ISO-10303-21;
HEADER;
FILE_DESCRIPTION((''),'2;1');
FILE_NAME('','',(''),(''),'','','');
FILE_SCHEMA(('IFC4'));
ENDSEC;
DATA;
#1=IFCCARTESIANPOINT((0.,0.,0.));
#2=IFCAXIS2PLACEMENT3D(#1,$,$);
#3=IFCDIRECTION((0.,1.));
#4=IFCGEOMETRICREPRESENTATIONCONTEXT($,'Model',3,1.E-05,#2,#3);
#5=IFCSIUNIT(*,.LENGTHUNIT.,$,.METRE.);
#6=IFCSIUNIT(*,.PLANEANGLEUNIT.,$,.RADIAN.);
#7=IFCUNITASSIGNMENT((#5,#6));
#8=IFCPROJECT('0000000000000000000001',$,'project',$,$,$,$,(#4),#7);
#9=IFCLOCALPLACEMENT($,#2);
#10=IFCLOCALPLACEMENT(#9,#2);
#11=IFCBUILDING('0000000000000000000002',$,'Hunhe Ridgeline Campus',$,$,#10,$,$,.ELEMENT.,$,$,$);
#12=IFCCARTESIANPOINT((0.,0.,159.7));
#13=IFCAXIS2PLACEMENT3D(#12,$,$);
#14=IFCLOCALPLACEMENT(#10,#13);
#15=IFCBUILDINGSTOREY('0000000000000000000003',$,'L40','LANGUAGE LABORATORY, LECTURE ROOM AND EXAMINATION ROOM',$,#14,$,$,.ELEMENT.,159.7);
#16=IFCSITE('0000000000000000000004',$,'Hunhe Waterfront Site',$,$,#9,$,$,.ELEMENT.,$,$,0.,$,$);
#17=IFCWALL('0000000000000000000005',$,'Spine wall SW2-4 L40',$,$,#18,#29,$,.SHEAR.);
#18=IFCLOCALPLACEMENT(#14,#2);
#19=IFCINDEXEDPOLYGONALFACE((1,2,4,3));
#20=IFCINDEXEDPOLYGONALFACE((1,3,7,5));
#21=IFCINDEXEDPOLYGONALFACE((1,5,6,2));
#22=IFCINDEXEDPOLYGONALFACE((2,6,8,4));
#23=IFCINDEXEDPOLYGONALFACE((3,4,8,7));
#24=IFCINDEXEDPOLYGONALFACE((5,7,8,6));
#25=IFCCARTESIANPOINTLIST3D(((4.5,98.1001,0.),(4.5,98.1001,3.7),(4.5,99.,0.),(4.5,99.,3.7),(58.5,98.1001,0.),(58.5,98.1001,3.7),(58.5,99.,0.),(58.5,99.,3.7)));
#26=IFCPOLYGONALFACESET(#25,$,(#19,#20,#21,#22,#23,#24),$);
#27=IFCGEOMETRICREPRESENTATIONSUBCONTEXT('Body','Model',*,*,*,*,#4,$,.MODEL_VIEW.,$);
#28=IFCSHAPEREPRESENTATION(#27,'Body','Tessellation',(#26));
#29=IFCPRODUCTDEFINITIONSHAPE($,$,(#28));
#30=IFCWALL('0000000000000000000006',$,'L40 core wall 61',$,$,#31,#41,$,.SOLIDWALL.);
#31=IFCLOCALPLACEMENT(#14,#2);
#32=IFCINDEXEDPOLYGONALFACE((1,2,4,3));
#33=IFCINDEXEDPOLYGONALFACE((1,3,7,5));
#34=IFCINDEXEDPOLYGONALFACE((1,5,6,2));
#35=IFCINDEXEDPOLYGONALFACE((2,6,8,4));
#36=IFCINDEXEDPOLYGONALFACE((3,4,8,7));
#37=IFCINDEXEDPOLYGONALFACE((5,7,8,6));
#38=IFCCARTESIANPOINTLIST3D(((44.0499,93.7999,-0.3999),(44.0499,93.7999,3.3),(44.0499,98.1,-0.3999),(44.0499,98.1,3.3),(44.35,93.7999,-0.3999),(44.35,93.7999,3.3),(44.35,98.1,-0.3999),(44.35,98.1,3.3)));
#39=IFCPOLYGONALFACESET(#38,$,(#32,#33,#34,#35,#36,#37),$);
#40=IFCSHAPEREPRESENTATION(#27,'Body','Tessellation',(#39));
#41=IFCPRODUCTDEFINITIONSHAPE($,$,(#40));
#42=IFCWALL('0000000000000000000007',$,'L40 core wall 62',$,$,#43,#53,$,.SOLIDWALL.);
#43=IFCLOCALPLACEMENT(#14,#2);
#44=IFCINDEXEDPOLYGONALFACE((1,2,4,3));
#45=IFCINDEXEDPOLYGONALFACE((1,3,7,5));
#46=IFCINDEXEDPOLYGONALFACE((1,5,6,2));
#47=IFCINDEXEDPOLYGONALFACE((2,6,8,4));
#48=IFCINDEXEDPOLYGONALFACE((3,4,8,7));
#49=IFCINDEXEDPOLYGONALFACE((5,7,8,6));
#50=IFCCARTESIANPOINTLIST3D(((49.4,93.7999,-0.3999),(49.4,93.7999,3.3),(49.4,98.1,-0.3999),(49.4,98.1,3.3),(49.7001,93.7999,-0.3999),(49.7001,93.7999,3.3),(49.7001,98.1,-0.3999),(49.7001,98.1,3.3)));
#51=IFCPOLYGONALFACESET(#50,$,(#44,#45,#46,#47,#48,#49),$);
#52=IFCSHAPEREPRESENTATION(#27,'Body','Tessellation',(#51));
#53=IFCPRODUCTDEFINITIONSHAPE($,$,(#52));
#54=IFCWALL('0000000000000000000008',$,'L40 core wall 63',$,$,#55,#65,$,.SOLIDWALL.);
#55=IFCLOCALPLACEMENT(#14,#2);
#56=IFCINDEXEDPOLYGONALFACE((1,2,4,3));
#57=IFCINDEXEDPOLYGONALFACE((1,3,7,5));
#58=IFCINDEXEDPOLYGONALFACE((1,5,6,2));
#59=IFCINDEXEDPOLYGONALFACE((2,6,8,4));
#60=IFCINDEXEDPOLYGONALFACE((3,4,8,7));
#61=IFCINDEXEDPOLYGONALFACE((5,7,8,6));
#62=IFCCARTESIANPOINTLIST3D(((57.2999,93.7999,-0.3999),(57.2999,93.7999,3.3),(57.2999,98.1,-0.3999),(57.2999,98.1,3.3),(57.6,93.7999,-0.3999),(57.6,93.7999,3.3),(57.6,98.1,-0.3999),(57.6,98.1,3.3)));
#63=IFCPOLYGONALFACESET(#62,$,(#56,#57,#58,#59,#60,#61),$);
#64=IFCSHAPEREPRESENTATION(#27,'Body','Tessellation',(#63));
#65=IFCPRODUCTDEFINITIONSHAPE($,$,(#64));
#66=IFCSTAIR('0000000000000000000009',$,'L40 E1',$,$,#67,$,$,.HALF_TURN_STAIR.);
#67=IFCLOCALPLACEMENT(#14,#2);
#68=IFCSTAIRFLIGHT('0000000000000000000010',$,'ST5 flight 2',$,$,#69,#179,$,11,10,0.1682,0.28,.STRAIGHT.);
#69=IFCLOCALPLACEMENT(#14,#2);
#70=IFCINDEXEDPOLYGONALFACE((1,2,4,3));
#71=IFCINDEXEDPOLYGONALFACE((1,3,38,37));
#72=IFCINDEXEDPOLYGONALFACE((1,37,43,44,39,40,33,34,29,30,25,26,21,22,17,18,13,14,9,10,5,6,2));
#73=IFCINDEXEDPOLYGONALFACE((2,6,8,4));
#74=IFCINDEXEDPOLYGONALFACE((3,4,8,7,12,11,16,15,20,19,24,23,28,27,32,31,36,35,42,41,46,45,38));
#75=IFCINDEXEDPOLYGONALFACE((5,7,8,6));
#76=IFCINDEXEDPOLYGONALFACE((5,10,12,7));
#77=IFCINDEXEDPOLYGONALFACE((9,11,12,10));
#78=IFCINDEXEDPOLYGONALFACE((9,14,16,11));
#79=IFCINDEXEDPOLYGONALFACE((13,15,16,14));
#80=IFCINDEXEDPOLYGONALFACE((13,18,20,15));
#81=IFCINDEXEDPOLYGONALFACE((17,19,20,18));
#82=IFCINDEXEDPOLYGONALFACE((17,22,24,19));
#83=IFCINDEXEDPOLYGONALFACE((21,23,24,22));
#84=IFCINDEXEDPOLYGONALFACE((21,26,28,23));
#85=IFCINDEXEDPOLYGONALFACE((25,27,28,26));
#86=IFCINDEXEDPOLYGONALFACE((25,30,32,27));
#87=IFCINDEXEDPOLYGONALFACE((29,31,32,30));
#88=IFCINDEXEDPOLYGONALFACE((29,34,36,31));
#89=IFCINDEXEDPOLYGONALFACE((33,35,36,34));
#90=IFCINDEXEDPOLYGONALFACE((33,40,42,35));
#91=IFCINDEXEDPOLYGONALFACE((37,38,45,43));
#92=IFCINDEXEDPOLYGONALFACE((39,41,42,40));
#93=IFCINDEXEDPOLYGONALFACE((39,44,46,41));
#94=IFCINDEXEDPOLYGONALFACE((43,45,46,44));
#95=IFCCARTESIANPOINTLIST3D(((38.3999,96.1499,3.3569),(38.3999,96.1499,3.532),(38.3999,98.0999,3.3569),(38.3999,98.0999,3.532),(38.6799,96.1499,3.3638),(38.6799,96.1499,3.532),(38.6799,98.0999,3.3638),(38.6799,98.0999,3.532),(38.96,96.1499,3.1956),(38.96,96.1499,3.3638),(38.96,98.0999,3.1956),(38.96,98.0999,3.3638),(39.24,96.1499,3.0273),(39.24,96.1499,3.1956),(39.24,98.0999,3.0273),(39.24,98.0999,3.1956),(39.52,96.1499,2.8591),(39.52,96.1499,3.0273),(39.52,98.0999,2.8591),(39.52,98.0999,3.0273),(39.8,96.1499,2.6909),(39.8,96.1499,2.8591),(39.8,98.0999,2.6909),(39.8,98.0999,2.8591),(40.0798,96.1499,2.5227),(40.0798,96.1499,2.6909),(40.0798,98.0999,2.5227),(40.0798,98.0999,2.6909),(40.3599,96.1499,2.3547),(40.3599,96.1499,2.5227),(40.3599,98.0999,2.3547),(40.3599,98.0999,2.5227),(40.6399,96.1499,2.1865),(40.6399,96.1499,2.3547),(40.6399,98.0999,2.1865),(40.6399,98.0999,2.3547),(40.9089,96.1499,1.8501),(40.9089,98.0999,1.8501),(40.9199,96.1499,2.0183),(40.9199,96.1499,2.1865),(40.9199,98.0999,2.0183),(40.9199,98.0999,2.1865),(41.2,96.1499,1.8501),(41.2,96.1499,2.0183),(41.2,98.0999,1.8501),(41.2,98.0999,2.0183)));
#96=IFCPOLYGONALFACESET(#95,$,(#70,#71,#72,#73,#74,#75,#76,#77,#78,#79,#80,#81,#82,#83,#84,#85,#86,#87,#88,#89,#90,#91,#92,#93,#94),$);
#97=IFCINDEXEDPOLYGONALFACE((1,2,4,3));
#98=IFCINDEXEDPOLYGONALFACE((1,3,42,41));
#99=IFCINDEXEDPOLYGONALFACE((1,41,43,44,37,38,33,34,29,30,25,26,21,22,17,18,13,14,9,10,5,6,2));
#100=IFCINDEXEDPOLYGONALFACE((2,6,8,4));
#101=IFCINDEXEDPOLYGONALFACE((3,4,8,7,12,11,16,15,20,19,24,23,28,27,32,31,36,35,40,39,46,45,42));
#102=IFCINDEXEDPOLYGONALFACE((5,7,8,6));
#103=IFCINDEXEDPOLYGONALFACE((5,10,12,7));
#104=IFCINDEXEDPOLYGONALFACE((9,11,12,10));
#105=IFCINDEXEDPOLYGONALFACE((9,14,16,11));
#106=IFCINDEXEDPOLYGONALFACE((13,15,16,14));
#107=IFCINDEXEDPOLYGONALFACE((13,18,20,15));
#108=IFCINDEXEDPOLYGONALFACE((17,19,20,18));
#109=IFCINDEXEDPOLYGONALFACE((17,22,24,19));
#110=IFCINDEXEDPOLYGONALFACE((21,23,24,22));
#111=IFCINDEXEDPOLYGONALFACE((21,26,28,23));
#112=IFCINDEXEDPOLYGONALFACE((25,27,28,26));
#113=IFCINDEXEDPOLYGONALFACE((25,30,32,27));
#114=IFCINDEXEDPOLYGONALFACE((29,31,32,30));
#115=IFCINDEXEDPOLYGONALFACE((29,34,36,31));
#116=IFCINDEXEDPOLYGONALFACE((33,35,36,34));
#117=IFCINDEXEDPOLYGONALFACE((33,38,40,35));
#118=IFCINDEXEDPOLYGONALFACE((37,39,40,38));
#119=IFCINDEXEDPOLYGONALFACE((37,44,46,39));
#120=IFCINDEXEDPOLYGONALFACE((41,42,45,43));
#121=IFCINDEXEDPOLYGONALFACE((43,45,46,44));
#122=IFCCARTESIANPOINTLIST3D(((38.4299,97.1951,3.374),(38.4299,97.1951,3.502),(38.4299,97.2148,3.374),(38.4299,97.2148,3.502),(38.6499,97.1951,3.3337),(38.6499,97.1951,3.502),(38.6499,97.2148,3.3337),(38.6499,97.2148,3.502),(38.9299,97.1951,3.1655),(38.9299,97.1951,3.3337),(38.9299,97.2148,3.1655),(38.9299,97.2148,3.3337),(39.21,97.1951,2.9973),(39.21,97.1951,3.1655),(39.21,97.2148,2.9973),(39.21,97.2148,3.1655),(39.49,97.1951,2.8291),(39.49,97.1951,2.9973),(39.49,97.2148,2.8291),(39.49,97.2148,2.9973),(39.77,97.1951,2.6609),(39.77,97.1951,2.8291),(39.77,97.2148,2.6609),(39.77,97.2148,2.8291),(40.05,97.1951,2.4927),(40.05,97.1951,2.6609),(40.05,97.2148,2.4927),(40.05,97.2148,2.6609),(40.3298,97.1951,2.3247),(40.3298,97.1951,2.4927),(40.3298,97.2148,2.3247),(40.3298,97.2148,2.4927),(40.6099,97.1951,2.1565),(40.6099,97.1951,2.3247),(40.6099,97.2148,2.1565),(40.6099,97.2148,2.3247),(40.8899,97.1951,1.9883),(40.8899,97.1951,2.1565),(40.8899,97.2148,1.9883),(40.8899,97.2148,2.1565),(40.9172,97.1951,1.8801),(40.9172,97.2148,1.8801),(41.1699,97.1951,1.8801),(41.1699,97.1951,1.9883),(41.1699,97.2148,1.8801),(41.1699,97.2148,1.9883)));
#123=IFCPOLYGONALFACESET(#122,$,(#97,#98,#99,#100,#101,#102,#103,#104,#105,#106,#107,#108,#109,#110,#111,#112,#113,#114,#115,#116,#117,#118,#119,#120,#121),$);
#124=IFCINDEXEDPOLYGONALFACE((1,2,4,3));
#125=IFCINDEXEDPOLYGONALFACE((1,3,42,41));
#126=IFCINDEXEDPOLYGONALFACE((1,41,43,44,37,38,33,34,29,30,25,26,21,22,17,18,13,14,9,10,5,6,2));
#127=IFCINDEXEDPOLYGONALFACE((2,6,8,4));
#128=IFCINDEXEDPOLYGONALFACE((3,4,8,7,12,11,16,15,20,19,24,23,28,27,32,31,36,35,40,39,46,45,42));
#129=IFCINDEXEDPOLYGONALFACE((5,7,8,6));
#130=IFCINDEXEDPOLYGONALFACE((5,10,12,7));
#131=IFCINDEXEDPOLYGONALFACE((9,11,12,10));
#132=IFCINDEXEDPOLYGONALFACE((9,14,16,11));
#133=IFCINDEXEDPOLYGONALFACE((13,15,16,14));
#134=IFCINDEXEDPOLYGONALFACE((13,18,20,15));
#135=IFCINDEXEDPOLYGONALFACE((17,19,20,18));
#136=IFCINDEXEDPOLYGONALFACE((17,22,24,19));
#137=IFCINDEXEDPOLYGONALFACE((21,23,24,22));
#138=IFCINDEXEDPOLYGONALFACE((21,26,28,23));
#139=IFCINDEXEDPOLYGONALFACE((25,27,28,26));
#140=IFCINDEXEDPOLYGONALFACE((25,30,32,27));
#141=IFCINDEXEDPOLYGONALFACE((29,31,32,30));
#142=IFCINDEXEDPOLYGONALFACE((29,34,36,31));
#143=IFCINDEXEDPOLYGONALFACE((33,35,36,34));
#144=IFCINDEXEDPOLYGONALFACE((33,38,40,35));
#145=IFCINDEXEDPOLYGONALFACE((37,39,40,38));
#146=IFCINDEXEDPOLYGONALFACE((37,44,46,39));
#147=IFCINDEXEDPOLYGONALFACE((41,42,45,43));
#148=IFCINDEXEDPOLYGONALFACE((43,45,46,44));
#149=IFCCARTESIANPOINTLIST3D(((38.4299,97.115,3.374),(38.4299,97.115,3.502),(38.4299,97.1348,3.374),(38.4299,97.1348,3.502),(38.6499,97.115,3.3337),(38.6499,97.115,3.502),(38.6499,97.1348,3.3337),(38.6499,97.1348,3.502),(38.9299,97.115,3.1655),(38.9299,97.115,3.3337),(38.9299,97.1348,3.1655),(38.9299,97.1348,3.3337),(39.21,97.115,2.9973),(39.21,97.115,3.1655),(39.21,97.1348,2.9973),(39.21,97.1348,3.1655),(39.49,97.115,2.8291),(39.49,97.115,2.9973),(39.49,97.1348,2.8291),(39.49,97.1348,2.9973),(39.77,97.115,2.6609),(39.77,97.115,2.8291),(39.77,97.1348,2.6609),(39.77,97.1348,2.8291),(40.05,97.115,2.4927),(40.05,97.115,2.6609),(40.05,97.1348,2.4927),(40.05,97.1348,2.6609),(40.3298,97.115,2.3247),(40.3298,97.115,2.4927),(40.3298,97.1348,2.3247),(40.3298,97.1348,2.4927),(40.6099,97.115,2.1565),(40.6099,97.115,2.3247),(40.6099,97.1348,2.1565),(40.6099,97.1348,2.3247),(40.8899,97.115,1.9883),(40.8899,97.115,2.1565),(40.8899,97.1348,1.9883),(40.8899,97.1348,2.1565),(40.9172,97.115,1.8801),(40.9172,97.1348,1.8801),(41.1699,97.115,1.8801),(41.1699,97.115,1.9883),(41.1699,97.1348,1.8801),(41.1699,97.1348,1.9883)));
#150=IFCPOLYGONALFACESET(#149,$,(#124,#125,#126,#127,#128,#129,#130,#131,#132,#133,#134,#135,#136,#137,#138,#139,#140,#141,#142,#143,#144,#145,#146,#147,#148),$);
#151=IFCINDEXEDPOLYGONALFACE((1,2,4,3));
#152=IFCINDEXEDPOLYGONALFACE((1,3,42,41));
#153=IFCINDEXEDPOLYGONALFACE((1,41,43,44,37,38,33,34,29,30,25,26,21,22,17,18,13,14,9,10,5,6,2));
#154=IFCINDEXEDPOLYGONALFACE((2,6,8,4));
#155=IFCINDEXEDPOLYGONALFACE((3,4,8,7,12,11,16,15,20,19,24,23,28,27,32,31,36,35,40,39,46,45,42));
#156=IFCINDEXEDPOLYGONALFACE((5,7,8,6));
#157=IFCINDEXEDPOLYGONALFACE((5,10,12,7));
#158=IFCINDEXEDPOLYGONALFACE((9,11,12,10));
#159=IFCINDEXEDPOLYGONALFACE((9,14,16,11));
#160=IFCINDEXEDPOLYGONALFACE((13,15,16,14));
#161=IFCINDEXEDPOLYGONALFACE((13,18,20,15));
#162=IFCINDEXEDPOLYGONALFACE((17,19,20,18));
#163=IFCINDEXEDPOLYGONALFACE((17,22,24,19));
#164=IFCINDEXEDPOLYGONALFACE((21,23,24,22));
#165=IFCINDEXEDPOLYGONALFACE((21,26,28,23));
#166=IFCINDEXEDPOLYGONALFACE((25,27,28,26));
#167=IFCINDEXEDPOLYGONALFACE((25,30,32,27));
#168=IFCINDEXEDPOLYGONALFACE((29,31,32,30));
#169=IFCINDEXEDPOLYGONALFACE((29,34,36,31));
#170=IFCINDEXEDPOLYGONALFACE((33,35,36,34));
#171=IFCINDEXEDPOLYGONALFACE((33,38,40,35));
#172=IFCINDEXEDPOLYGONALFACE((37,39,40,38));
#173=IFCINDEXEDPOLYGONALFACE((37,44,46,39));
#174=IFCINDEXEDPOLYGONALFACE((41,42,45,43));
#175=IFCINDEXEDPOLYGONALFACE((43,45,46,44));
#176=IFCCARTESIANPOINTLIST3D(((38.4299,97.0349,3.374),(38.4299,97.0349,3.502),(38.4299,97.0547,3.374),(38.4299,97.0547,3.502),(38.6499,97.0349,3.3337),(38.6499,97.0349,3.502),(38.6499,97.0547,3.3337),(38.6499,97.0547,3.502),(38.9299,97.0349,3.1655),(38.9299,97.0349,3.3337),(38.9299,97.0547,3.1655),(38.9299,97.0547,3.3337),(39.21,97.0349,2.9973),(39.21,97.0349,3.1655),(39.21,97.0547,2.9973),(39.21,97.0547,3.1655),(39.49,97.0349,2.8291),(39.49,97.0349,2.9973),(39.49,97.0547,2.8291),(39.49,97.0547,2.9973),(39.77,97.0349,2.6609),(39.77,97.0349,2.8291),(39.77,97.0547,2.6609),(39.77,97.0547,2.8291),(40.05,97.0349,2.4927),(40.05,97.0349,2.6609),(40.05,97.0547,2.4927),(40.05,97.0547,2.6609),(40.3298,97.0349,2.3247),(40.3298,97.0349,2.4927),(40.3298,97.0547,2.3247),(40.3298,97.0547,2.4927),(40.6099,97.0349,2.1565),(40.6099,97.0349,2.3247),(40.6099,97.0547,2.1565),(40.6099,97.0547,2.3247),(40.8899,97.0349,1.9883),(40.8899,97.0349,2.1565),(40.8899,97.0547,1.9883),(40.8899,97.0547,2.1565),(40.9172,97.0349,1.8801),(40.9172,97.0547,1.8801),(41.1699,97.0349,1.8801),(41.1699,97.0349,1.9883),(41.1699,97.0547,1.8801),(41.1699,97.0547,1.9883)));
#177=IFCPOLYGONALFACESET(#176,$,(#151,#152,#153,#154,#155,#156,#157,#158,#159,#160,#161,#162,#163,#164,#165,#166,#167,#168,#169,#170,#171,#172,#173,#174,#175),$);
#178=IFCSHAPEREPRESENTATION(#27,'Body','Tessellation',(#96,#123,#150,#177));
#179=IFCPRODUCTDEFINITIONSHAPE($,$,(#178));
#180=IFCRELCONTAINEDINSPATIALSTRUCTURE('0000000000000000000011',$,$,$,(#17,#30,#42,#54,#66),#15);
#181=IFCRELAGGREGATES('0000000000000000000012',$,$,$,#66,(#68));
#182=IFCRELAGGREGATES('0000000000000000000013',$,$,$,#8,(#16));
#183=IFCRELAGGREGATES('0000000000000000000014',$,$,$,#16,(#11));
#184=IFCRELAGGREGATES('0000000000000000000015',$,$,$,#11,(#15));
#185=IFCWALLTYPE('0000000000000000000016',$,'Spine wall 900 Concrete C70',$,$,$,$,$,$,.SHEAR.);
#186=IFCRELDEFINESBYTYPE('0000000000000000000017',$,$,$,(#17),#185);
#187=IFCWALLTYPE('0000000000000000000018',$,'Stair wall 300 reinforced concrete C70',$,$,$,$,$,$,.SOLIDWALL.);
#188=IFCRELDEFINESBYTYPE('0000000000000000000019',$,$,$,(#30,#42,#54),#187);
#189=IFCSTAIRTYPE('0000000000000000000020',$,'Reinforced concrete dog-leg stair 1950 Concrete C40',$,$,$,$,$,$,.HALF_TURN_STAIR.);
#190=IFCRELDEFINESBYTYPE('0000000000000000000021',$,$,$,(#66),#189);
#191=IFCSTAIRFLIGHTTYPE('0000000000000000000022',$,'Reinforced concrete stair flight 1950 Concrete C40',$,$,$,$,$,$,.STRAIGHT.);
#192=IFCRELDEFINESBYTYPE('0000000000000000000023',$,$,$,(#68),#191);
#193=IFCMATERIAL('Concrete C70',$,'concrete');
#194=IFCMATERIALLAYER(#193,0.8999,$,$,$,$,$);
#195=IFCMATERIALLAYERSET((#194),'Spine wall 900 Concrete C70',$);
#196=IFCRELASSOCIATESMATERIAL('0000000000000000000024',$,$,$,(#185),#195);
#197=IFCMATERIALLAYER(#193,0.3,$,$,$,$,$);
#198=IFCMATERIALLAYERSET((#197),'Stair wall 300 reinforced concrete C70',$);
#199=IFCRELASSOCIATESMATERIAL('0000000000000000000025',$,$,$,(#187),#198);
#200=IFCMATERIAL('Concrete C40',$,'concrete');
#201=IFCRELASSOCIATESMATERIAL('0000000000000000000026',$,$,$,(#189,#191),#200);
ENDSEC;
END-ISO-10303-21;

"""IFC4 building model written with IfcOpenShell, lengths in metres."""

from ifc_helpers import new_model, si_unit, direction, frame, frame_2d, origin, place, context, subcontext, project, spatial, polyline, rectangle, outline, extrude, material, layer, layer_set, type_object, element, aggregate, save


model = new_model("IFC4")

# Units and contexts
model_context = context("Model", 3, precision=1e-05, world=origin(), true_north=direction((0.0, 1.0)))
body_context = subcontext(model_context, "Body", "Model", "MODEL_VIEW")
ifc_project = project(units=[si_unit("LENGTHUNIT", "METRE"), si_unit("PLANEANGLEUNIT", "RADIAN")], contexts=[model_context])

# Site, building, storey
site_placement = place(None, origin())
site = spatial("IfcSite", under=ifc_project, at=site_placement, Name="Hunhe Waterfront Site", CompositionType="ELEMENT", RefElevation=0.0)
building_placement = place(site_placement, origin())
building = spatial("IfcBuilding", under=site, at=building_placement, Name="Hunhe Ridgeline Campus", CompositionType="ELEMENT")
storey_placement = place(building_placement, frame((0.0, 0.0, 159.7)))
storey = spatial("IfcBuildingStorey", under=building, at=storey_placement, Name="L40", Description="LANGUAGE LABORATORY, LECTURE ROOM AND EXAMINATION ROOM", CompositionType="ELEMENT", Elevation=159.7)

# Shared definitions
ifc_material_1 = material(Name="Concrete C70", Category="concrete")

# Wall
ifc_layer_1 = layer(ifc_material_1, 0.8999)
ifc_layer_set_1 = layer_set([ifc_layer_1], Name="Spine wall 900 Concrete C70")
wall_type_1 = type_object("IfcWallType", Name="Spine wall 900 Concrete C70", PredefinedType="SHEAR", material=ifc_layer_set_1)
wall_1_placement = place(storey_placement, frame((58.5, 98.55, 0.0), z_axis=(0.0, 0.0, 1.0), x_axis=(-1.0, 0.0, 0.0)))
element("IfcWall", 1, at=wall_1_placement, inside=storey, type_object=wall_type_1, Name="Spine wall SW2-4 L40", PredefinedType="SHEAR", context=body_context, shape_type="SweptSolid", body=[
    extrude(rectangle(XDim=54.0, YDim=0.8999, at=frame_2d((27.0, 0.0))), origin(), (0.0, 0.0, 1.0), 3.7),
])

# Shared definitions
ifc_layer_2 = layer(ifc_material_1, 0.3)
ifc_layer_set_2 = layer_set([ifc_layer_2], Name="Stair wall 300 reinforced concrete C70")
wall_type_2 = type_object("IfcWallType", Name="Stair wall 300 reinforced concrete C70", PredefinedType="SOLIDWALL", material=ifc_layer_set_2)

# Walls
for number, where, z_axis, x_axis, name in (
    (2, (44.2, 93.8, -0.3999), (0.0, 0.0, 1.0), (0.0, 1.0, 0.0), "L40 core wall 61"),
    (3, (49.55, 93.8, -0.3999), (0.0, 0.0, 1.0), (0.0, 1.0, 0.0), "L40 core wall 62"),
    (4, (57.45, 93.8, -0.3999), (0.0, 0.0, 1.0), (0.0, 1.0, 0.0), "L40 core wall 63"),
):
    element("IfcWall", number, at=place(storey_placement, frame(where, z_axis=z_axis, x_axis=x_axis)), inside=storey, type_object=wall_type_2, Name=name, PredefinedType="SOLIDWALL", context=body_context, shape_type="SweptSolid", body=[
        extrude(rectangle(XDim=4.3, YDim=0.3, at=frame_2d((2.1499, 0.0))), origin(), (0.0, 0.0, 1.0), 3.7),
    ])

# Stair, stair flight
ifc_material_2 = material(Name="Concrete C40", Category="concrete")
stair_type = type_object("IfcStairType", Name="Reinforced concrete dog-leg stair 1950 Concrete C40", PredefinedType="HALF_TURN_STAIR", material=ifc_material_2)
stair_1_placement = place(storey_placement, origin())
stair_1 = element("IfcStair", 5, at=stair_1_placement, inside=storey, type_object=stair_type, Name="L40 E1", PredefinedType="HALF_TURN_STAIR")
stair_flight_type = type_object("IfcStairFlightType", Name="Reinforced concrete stair flight 1950 Concrete C40", PredefinedType="STRAIGHT", material=ifc_material_2)
stair_flight_1_placement = place(storey_placement, frame((41.2, 97.125, 1.8501), z_axis=(0.0, 0.0, 1.0), x_axis=(-1.0, 0.0, 0.0)))
stair_flight_1 = element("IfcStairFlight", 6, at=stair_flight_1_placement, type_object=stair_flight_type, Name="ST5 flight 2", NumberOfRisers=11, NumberOfTreads=10, PredefinedType="STRAIGHT", RiserHeight=0.1682, TreadLength=0.28, context=body_context, shape_type="SweptSolid", body=[
    extrude(outline(polyline([(0.0, 0.0), (0.0, 0.1682), (0.28, 0.1682), (0.28, 0.3364), (0.5601, 0.3364), (0.5601, 0.5046), (0.8401, 0.5046), (0.8401, 0.6726), (1.1201, 0.6726), (1.1201, 0.8408), (1.3999, 0.8408), (1.3999, 1.009), (1.6799, 1.009), (1.6799, 1.1772), (1.96, 1.1772), (1.96, 1.3455), (2.24, 1.3455), (2.24, 1.5137), (2.52, 1.5137), (2.52, 1.6819), (2.8, 1.6819), (2.8, 1.8501), (2.8, 1.5068), (0.291, 0.0), (0.0, 0.0)])), frame((0.0, 0.9751, 0.0), z_axis=(0.0, -1.0, 0.0), x_axis=(1.0, 0.0, 0.0)), (0.0, 0.0, 1.0), 1.95),
    extrude(outline(polyline([(0.03, 0.03), (0.03, 0.1382), (0.3101, 0.1382), (0.3101, 0.3064), (0.5901, 0.3064), (0.5901, 0.4746), (0.8701, 0.4746), (0.8701, 0.6426), (1.1499, 0.6426), (1.1499, 0.8108), (1.4299, 0.8108), (1.4299, 0.979), (1.71, 0.979), (1.71, 1.1472), (1.99, 1.1472), (1.99, 1.3154), (2.27, 1.3154), (2.27, 1.4836), (2.55, 1.4836), (2.55, 1.6519), (2.77, 1.6519), (2.77, 1.5239), (0.2827, 0.03), (0.03, 0.03)])), frame((0.0, -0.0701, 0.0), z_axis=(0.0, -1.0, 0.0), x_axis=(1.0, 0.0, 0.0)), (0.0, 0.0, 1.0), 0.0198),
    extrude(outline(polyline([(0.03, 0.03), (0.03, 0.1382), (0.3101, 0.1382), (0.3101, 0.3064), (0.5901, 0.3064), (0.5901, 0.4746), (0.8701, 0.4746), (0.8701, 0.6426), (1.1499, 0.6426), (1.1499, 0.8108), (1.4299, 0.8108), (1.4299, 0.979), (1.71, 0.979), (1.71, 1.1472), (1.99, 1.1472), (1.99, 1.3154), (2.27, 1.3154), (2.27, 1.4836), (2.55, 1.4836), (2.55, 1.6519), (2.77, 1.6519), (2.77, 1.5239), (0.2827, 0.03), (0.03, 0.03)])), frame((0.0, 0.01, 0.0), z_axis=(0.0, -1.0, 0.0), x_axis=(1.0, 0.0, 0.0)), (0.0, 0.0, 1.0), 0.0198),
    extrude(outline(polyline([(0.03, 0.03), (0.03, 0.1382), (0.3101, 0.1382), (0.3101, 0.3064), (0.5901, 0.3064), (0.5901, 0.4746), (0.8701, 0.4746), (0.8701, 0.6426), (1.1499, 0.6426), (1.1499, 0.8108), (1.4299, 0.8108), (1.4299, 0.979), (1.71, 0.979), (1.71, 1.1472), (1.99, 1.1472), (1.99, 1.3154), (2.27, 1.3154), (2.27, 1.4836), (2.55, 1.4836), (2.55, 1.6519), (2.77, 1.6519), (2.77, 1.5239), (0.2827, 0.03), (0.03, 0.03)])), frame((0.0, 0.0901, 0.0), z_axis=(0.0, -1.0, 0.0), x_axis=(1.0, 0.0, 0.0)), (0.0, 0.0, 1.0), 0.0198),
])
aggregate(stair_1, [stair_flight_1])

save(model, "model.ifc")
